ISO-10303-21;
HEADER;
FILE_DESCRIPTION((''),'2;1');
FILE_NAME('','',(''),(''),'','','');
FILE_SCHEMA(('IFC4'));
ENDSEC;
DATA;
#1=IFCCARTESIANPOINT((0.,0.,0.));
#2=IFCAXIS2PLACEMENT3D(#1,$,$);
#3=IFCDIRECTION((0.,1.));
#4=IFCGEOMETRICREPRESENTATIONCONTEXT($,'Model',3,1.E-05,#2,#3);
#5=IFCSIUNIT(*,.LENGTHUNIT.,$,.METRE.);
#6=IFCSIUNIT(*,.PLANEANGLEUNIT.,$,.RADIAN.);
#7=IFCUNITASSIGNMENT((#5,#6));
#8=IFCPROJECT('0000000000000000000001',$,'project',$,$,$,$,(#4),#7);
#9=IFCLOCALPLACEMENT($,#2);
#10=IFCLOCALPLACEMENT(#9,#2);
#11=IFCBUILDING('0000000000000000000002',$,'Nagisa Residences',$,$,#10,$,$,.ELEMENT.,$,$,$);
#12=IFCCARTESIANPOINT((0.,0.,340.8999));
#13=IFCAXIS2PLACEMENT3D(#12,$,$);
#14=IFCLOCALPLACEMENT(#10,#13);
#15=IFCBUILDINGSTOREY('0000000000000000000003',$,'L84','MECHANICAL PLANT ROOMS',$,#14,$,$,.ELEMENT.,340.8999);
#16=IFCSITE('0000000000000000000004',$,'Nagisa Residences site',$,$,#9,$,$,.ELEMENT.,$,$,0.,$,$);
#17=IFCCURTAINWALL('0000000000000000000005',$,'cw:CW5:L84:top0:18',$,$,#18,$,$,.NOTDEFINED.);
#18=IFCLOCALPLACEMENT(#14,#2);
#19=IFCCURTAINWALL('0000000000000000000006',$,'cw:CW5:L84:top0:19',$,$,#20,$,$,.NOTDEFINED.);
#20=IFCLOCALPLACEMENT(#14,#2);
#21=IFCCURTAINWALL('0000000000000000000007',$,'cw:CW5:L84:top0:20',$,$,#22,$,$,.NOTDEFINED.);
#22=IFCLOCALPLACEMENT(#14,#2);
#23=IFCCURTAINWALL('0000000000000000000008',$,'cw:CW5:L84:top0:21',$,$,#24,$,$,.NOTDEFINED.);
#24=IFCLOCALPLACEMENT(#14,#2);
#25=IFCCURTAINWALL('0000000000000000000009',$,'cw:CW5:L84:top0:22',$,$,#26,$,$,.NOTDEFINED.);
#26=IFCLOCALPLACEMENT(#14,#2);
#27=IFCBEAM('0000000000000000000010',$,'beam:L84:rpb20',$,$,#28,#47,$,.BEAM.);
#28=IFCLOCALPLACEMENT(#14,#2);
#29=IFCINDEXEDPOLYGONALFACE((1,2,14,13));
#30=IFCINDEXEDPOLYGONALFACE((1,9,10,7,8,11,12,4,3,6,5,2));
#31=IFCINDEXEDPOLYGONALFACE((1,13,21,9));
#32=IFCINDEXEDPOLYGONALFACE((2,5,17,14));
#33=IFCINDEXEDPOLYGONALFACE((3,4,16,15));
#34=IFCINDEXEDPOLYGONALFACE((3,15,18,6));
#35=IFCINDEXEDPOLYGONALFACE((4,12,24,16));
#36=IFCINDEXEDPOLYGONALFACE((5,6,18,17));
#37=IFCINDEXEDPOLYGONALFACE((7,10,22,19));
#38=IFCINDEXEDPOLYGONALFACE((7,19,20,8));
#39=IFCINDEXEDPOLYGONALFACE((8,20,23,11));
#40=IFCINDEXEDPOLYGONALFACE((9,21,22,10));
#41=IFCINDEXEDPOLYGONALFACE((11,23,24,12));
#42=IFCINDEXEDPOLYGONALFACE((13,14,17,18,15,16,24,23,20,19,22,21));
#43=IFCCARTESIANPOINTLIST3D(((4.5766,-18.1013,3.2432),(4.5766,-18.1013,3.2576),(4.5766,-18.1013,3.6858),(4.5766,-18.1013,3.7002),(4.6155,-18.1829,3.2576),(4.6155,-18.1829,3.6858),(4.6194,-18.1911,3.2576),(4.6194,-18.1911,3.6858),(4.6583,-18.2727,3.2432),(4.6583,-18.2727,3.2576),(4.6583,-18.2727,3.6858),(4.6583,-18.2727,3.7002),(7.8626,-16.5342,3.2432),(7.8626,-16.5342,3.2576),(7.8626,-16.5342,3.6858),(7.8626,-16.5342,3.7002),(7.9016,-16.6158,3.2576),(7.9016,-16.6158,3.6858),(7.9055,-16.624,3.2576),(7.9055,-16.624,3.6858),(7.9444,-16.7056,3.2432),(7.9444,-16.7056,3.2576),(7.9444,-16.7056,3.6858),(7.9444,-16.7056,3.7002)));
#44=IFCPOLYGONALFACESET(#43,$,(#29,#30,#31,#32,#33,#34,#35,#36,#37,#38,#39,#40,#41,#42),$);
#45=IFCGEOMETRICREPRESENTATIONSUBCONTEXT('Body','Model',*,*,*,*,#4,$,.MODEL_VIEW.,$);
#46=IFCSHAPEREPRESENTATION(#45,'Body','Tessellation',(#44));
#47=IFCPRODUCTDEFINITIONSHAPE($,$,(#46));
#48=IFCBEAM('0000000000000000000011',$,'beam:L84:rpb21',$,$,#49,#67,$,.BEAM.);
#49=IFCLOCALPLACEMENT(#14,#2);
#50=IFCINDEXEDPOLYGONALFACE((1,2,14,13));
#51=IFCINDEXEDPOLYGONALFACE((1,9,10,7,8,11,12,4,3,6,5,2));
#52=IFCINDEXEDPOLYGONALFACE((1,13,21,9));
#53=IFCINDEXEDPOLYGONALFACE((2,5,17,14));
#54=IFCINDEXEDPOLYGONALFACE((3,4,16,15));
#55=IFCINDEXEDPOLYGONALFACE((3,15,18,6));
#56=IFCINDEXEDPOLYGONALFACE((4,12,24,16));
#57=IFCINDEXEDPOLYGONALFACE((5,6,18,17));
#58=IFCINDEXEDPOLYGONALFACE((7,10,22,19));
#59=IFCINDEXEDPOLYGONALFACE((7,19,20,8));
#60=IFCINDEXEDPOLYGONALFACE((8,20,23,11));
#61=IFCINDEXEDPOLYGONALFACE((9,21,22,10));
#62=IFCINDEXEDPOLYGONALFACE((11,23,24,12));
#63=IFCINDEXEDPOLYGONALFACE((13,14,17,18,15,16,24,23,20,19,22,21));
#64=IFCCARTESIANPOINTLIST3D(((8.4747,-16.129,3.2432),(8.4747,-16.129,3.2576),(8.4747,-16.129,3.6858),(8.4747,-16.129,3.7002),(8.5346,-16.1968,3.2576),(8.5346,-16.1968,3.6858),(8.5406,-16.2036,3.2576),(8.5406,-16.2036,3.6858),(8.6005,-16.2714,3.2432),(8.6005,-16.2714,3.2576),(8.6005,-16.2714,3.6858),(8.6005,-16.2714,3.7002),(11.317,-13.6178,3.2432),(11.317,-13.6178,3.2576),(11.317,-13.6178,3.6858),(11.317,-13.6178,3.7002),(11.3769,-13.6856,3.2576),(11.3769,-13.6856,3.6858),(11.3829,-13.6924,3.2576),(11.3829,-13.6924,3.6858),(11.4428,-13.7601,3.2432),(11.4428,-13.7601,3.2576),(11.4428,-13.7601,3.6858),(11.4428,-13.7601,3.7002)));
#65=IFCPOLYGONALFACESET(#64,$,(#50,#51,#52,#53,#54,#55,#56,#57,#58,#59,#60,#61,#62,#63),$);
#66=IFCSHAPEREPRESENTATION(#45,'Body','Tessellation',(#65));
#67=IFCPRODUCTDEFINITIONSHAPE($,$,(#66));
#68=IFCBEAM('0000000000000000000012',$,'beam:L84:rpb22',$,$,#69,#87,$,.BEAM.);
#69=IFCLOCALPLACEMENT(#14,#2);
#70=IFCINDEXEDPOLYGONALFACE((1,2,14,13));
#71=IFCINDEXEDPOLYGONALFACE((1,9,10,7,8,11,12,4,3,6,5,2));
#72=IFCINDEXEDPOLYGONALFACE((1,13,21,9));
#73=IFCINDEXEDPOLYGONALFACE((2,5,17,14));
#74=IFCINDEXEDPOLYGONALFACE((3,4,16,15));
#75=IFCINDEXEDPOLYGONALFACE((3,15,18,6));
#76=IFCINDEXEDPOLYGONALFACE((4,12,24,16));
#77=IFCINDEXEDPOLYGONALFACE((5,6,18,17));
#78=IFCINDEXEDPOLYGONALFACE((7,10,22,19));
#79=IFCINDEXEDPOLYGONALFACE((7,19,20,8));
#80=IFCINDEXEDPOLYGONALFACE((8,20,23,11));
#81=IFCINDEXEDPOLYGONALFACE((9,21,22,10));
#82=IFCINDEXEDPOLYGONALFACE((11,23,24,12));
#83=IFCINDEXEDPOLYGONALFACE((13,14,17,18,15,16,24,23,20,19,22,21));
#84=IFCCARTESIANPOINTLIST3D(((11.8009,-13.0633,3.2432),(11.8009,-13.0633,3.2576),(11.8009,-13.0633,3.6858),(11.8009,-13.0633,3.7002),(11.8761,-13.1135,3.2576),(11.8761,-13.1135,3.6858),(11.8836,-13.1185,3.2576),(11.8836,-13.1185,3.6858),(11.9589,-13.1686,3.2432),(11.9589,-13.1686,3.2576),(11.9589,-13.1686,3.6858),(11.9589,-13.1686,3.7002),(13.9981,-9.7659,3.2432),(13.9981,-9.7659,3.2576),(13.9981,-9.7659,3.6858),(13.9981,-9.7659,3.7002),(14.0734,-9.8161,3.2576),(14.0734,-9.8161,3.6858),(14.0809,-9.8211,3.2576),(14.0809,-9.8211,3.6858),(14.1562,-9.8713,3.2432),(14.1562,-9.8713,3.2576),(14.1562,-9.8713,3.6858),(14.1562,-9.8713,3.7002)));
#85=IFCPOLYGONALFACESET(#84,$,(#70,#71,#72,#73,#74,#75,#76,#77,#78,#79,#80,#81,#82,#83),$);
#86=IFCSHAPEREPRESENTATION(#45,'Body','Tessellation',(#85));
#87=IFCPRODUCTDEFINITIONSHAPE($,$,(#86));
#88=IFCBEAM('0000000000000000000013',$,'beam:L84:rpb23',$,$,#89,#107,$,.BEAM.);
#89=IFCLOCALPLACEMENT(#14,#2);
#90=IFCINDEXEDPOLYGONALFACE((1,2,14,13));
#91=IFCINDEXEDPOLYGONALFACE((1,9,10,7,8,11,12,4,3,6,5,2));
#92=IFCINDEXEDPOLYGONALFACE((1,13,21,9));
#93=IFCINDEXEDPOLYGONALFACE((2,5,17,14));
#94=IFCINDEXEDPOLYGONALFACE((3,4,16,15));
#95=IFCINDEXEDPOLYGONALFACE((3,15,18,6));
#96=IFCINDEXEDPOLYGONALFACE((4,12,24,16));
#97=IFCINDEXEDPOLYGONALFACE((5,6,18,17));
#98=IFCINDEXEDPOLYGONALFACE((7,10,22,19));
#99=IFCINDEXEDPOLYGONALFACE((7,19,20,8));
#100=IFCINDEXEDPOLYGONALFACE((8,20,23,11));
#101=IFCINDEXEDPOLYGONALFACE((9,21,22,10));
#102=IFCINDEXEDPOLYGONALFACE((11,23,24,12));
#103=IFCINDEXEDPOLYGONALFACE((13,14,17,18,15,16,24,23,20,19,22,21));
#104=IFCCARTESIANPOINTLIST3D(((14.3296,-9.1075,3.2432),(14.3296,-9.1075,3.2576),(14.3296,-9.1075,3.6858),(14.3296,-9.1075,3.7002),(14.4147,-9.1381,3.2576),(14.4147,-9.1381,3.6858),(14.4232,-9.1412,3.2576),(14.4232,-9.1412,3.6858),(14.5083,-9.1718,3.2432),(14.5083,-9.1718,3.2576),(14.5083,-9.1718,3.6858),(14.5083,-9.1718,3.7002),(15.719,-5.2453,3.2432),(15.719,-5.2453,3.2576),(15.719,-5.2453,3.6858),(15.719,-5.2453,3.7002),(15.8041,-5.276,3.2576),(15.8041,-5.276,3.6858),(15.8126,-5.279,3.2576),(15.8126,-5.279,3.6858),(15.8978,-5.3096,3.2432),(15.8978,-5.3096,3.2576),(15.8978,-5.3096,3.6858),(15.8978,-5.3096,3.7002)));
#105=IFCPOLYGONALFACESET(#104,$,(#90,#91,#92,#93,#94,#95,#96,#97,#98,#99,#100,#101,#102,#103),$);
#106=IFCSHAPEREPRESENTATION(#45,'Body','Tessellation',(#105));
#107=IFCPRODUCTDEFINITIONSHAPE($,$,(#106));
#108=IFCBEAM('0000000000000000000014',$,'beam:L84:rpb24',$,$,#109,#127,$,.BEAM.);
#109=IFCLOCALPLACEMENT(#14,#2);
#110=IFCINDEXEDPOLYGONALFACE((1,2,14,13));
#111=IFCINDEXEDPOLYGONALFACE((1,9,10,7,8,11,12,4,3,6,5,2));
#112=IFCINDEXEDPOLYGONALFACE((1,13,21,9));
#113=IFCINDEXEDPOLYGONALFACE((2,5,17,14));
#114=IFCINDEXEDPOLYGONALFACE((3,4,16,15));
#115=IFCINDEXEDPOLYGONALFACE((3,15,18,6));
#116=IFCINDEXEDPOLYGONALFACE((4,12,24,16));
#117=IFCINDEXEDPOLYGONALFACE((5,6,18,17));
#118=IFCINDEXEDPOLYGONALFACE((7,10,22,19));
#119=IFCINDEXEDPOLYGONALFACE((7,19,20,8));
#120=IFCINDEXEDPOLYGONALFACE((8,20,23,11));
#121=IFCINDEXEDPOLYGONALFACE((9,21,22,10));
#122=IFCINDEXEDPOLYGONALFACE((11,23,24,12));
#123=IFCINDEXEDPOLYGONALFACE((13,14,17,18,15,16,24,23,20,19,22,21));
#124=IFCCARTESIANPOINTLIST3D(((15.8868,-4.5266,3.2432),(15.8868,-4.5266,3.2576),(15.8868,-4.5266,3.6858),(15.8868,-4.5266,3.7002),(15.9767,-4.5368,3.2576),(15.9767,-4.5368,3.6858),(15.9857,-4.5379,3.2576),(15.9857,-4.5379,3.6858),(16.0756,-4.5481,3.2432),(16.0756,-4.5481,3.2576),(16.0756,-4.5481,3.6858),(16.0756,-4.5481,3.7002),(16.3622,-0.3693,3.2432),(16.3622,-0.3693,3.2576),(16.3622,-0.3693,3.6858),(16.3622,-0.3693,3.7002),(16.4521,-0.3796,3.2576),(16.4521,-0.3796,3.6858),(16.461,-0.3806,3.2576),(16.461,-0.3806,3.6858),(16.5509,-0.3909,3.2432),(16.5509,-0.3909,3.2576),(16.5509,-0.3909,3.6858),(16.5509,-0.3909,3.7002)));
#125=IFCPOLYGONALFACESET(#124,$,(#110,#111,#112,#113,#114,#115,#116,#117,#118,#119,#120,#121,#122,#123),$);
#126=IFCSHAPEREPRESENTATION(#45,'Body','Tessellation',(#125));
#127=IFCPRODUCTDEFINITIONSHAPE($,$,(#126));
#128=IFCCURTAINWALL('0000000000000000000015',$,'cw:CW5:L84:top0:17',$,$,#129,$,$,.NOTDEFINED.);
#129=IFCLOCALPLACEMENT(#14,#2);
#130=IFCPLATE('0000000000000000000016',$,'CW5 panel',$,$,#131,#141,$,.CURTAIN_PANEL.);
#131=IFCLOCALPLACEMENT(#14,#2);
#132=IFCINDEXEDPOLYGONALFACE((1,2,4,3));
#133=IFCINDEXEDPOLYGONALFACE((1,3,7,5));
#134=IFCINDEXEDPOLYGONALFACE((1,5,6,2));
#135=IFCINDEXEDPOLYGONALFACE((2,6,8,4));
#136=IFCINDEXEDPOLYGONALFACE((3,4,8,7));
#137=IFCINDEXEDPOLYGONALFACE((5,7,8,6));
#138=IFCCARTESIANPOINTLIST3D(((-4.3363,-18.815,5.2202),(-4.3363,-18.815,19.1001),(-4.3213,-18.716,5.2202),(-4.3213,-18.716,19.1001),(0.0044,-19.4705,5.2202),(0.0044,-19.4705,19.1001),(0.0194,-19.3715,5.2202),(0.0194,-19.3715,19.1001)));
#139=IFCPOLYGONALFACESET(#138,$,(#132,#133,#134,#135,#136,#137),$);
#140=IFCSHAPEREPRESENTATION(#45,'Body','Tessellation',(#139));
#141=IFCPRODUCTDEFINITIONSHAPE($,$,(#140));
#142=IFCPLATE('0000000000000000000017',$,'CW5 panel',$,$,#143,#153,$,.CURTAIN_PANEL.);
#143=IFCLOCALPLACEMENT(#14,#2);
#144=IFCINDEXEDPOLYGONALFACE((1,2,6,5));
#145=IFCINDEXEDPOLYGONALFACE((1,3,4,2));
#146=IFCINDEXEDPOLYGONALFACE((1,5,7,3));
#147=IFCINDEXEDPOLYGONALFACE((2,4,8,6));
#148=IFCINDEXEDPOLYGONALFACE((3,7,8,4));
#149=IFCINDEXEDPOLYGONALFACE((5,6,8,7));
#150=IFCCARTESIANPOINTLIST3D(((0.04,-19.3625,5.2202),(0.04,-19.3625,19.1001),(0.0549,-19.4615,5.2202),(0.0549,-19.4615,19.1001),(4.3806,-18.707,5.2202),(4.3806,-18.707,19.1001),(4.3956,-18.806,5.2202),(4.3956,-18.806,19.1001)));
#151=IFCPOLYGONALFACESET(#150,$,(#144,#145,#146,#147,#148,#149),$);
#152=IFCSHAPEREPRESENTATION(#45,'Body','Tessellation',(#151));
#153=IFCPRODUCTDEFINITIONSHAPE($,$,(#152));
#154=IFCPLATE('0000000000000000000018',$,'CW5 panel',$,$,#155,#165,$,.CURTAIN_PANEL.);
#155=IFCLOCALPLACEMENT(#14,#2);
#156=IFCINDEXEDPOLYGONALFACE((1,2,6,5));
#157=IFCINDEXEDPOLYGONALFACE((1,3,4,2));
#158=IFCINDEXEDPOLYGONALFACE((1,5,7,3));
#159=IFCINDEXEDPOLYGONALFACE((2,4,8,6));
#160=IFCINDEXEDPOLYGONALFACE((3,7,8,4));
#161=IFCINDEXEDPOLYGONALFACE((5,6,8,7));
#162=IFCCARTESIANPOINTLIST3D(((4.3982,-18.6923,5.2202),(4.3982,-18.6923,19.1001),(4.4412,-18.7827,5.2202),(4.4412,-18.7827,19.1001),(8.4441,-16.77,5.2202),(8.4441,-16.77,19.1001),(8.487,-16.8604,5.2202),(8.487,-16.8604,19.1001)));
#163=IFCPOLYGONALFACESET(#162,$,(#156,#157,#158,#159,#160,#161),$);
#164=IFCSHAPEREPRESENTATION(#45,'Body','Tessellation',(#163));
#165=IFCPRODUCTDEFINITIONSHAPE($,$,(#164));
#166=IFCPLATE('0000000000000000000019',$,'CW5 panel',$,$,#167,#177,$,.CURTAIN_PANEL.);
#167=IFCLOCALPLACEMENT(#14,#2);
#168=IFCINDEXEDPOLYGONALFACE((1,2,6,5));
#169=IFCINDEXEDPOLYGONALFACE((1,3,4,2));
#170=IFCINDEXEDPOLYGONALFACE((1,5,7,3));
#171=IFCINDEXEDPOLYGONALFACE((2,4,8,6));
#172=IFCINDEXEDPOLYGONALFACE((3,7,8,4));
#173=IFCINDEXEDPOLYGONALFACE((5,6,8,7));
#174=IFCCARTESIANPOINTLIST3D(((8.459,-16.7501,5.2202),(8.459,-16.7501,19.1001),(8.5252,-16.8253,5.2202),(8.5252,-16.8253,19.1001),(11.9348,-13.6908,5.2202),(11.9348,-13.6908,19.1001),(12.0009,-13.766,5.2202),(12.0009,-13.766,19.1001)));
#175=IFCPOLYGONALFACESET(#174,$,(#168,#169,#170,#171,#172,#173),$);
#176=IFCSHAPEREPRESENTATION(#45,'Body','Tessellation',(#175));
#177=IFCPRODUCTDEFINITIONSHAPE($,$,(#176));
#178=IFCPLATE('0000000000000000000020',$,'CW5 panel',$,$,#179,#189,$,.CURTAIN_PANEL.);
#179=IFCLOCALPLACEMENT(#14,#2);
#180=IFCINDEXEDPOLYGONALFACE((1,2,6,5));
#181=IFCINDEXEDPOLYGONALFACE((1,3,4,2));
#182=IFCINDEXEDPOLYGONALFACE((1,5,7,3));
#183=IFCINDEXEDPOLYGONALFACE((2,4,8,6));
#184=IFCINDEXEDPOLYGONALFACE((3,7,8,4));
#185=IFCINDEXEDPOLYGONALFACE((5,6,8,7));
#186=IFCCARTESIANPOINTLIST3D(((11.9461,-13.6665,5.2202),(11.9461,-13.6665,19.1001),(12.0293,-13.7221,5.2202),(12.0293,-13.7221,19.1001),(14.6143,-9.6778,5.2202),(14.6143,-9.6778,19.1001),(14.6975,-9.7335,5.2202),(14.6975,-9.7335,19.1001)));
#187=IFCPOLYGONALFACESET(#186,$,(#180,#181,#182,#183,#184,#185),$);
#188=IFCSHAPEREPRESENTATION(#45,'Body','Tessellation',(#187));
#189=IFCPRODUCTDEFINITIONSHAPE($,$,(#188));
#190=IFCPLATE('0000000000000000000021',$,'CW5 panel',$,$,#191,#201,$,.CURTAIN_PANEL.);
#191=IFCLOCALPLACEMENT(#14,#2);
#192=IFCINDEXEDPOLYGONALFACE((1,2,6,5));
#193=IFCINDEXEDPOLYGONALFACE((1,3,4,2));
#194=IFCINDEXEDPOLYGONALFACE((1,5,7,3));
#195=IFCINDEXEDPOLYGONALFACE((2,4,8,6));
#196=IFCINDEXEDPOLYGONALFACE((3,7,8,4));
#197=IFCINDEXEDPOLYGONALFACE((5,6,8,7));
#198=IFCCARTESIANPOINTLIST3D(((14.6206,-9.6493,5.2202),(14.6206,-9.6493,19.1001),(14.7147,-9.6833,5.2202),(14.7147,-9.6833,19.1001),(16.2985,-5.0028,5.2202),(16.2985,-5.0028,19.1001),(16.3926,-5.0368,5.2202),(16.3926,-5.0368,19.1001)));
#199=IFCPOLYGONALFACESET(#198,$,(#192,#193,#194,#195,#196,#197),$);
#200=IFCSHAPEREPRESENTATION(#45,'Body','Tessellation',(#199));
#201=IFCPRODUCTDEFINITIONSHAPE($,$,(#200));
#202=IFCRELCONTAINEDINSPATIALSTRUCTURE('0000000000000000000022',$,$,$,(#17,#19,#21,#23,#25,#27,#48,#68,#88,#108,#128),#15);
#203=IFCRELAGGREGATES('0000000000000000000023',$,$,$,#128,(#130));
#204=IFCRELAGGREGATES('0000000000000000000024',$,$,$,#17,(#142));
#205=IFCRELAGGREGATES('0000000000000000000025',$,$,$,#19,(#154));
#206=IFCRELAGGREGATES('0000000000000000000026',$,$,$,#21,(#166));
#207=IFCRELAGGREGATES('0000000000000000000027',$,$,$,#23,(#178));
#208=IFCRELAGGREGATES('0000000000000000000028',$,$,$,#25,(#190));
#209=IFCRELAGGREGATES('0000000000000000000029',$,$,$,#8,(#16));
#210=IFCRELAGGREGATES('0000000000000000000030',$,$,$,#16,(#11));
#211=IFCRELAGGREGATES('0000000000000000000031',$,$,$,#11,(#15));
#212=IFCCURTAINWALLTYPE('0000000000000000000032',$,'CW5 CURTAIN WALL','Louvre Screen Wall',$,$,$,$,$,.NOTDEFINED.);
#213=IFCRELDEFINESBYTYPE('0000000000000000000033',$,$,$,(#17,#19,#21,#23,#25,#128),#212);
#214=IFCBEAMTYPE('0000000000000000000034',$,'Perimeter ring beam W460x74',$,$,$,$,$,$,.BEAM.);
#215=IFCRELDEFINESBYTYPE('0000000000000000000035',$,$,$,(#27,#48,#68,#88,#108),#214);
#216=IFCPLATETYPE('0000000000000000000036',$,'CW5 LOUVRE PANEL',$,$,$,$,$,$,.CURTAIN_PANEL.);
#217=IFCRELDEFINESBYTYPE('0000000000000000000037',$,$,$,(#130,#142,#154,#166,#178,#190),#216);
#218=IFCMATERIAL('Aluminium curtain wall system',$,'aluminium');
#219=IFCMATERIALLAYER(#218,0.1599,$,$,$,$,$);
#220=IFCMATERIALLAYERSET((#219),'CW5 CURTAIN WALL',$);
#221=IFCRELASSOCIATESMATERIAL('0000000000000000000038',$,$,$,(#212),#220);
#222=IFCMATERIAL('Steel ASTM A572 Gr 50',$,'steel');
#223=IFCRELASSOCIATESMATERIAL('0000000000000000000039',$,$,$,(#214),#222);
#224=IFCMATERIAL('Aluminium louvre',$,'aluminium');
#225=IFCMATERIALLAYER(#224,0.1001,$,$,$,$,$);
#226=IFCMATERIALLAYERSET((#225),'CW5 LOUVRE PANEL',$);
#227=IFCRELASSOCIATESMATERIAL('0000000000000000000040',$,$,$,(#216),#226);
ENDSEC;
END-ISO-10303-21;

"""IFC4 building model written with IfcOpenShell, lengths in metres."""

from ifc_helpers import new_model, si_unit, direction, frame, origin, origin_2d, place, context, subcontext, project, spatial, rectangle, i_section, extrude, material, layer, layer_set, material_profile, profile_set, type_object, element, aggregate, save


model = new_model("IFC4")

# Units and contexts
model_context = context("Model", 3, precision=1e-05, world=origin(), true_north=direction((0.0, 1.0)))
body_context = subcontext(model_context, "Body", "Model", "MODEL_VIEW")
ifc_project = project(units=[si_unit("LENGTHUNIT", "METRE"), si_unit("PLANEANGLEUNIT", "RADIAN")], contexts=[model_context])

# Site, building, storey
site_placement = place(None, origin())
site = spatial("IfcSite", under=ifc_project, at=site_placement, Name="Nagisa Residences site", CompositionType="ELEMENT", RefElevation=0.0)
building_placement = place(site_placement, origin())
building = spatial("IfcBuilding", under=site, at=building_placement, Name="Nagisa Residences", CompositionType="ELEMENT")
storey_placement = place(building_placement, frame((0.0, 0.0, 340.8999)))
storey = spatial("IfcBuildingStorey", under=building, at=storey_placement, Name="L84", Description="MECHANICAL PLANT ROOMS", CompositionType="ELEMENT", Elevation=340.8999)

# Curtain walls
ifc_material_1 = material(Name="Aluminium curtain wall system", Category="aluminium")
ifc_layer_1 = layer(ifc_material_1, 0.1599)
ifc_layer_set_1 = layer_set([ifc_layer_1], Name="CW5 CURTAIN WALL")
curtain_wall_type = type_object("IfcCurtainWallType", Name="CW5 CURTAIN WALL", Description="Louvre Screen Wall", PredefinedType="NOTDEFINED", material=ifc_layer_set_1)
curtain_wall_1_placement = place(storey_placement, origin())
curtain_wall_1 = element("IfcCurtainWall", 1, at=curtain_wall_1_placement, inside=storey, type_object=curtain_wall_type, Name="cw:CW5:L84:top0:18", PredefinedType="NOTDEFINED")
curtain_wall_2_placement = place(storey_placement, origin())
curtain_wall_2 = element("IfcCurtainWall", 2, at=curtain_wall_2_placement, inside=storey, type_object=curtain_wall_type, Name="cw:CW5:L84:top0:19", PredefinedType="NOTDEFINED")
curtain_wall_3_placement = place(storey_placement, origin())
curtain_wall_3 = element("IfcCurtainWall", 3, at=curtain_wall_3_placement, inside=storey, type_object=curtain_wall_type, Name="cw:CW5:L84:top0:20", PredefinedType="NOTDEFINED")
curtain_wall_4_placement = place(storey_placement, origin())
curtain_wall_4 = element("IfcCurtainWall", 4, at=curtain_wall_4_placement, inside=storey, type_object=curtain_wall_type, Name="cw:CW5:L84:top0:21", PredefinedType="NOTDEFINED")
curtain_wall_5_placement = place(storey_placement, origin())
curtain_wall_5 = element("IfcCurtainWall", 5, at=curtain_wall_5_placement, inside=storey, type_object=curtain_wall_type, Name="cw:CW5:L84:top0:22", PredefinedType="NOTDEFINED")

# Beams
ifc_material_2 = material(Name="Steel ASTM A572 Gr 50", Category="steel")
ifc_material_profile_1 = material_profile(ifc_material_2, i_section(OverallWidth=0.1899, OverallDepth=0.457, WebThickness=0.009, FlangeThickness=0.0144, at=origin_2d()), Name="W460x74")
ifc_profile_set_1 = profile_set([ifc_material_profile_1], Name="Steel ASTM A572 Gr 50")
beam_type = type_object("IfcBeamType", Name="Perimeter ring beam W460x74", PredefinedType="BEAM", material=ifc_profile_set_1)
beam_1_placement = place(storey_placement, frame((4.6174, -18.187, 3.4717), z_axis=(0.902614, 0.430452, 0.0), x_axis=(-0.430452, 0.902614, 0.0)))
element("IfcBeam", 6, at=beam_1_placement, inside=storey, type_object=beam_type, Name="beam:L84:rpb20", PredefinedType="BEAM", context=body_context, shape_type="SweptSolid", body=[
    extrude(i_section(OverallWidth=0.1899, OverallDepth=0.457, WebThickness=0.009, FlangeThickness=0.0144, at=origin_2d()), origin(), (0.0, 0.0, 1.0), 3.6406),
])
beam_2_placement = place(storey_placement, frame((8.5376, -16.2002, 3.4717), z_axis=(0.749402, 0.662115, 0.0), x_axis=(-0.662115, 0.749402, 0.0)))
element("IfcBeam", 7, at=beam_2_placement, inside=storey, type_object=beam_type, Name="beam:L84:rpb21", PredefinedType="BEAM", context=body_context, shape_type="SweptSolid", body=[
    extrude(i_section(OverallWidth=0.1899, OverallDepth=0.457, WebThickness=0.009, FlangeThickness=0.0144, at=origin_2d()), origin(), (0.0, 0.0, 1.0), 3.7927),
])
beam_3_placement = place(storey_placement, frame((11.8799, -13.116, 3.4717), z_axis=(0.55453, 0.832164, 0.0), x_axis=(-0.832164, 0.55453, 0.0)))
element("IfcBeam", 8, at=beam_3_placement, inside=storey, type_object=beam_type, Name="beam:L84:rpb22", PredefinedType="BEAM", context=body_context, shape_type="SweptSolid", body=[
    extrude(i_section(OverallWidth=0.1899, OverallDepth=0.457, WebThickness=0.009, FlangeThickness=0.0144, at=origin_2d()), origin(), (0.0, 0.0, 1.0), 3.9624),
])
beam_4_placement = place(storey_placement, frame((14.4189, -9.1396, 3.4717), z_axis=(0.338517, 0.94096, 0.0), x_axis=(-0.94096, 0.338517, 0.0)))
element("IfcBeam", 9, at=beam_4_placement, inside=storey, type_object=beam_type, Name="beam:L84:rpb23", PredefinedType="BEAM", context=body_context, shape_type="SweptSolid", body=[
    extrude(i_section(OverallWidth=0.1899, OverallDepth=0.457, WebThickness=0.009, FlangeThickness=0.0144, at=origin_2d()), origin(), (0.0, 0.0, 1.0), 4.1045),
])
beam_5_placement = place(storey_placement, frame((15.9812, -4.5374, 3.4717), z_axis=(0.113601, 0.993526, 0.0), x_axis=(-0.993526, 0.113601, 0.0)))
element("IfcBeam", 10, at=beam_5_placement, inside=storey, type_object=beam_type, Name="beam:L84:rpb24", PredefinedType="BEAM", context=body_context, shape_type="SweptSolid", body=[
    extrude(i_section(OverallWidth=0.1899, OverallDepth=0.457, WebThickness=0.009, FlangeThickness=0.0144, at=origin_2d()), origin(), (0.0, 0.0, 1.0), 4.1843),
])

# Curtain wall, plate
curtain_wall_6_placement = place(storey_placement, origin())
curtain_wall_6 = element("IfcCurtainWall", 11, at=curtain_wall_6_placement, inside=storey, type_object=curtain_wall_type, Name="cw:CW5:L84:top0:17", PredefinedType="NOTDEFINED")
ifc_material_3 = material(Name="Aluminium louvre", Category="aluminium")
ifc_layer_2 = layer(ifc_material_3, 0.1001)
ifc_layer_set_2 = layer_set([ifc_layer_2], Name="CW5 LOUVRE PANEL")
plate_type = type_object("IfcPlateType", Name="CW5 LOUVRE PANEL", PredefinedType="CURTAIN_PANEL", material=ifc_layer_set_2)
plate_1_placement = place(storey_placement, frame((-2.1584, -19.0933, 5.2202), z_axis=(0.0, 0.0, 1.0), x_axis=(0.988789, -0.14932, 0.0)))
plate_1 = element("IfcPlate", 12, at=plate_1_placement, type_object=plate_type, Name="CW5 panel", PredefinedType="CURTAIN_PANEL", context=body_context, shape_type="SweptSolid", body=[
    extrude(rectangle(XDim=4.3899, YDim=0.1001, at=origin_2d()), origin(), (0.0, 0.0, 1.0), 13.8799),
])
aggregate(curtain_wall_6, [plate_1])

# Plates
plate_2_placement = place(storey_placement, frame((2.2178, -19.0842, 5.2202), z_axis=(0.0, 0.0, 1.0), x_axis=(0.988789, 0.14932, 0.0)))
plate_2 = element("IfcPlate", 13, at=plate_2_placement, type_object=plate_type, Name="CW5 panel", PredefinedType="CURTAIN_PANEL", context=body_context, shape_type="SweptSolid", body=[
    extrude(rectangle(XDim=4.3899, YDim=0.1001, at=origin_2d()), origin(), (0.0, 0.0, 1.0), 13.8799),
])
aggregate(curtain_wall_1, [plate_2])
plate_3_placement = place(storey_placement, frame((6.4426, -17.7764, 5.2202), z_axis=(0.0, 0.0, 1.0), x_axis=(0.903233, 0.429151, 0.0)))
plate_3 = element("IfcPlate", 14, at=plate_3_placement, type_object=plate_type, Name="CW5 panel", PredefinedType="CURTAIN_PANEL", context=body_context, shape_type="SweptSolid", body=[
    extrude(rectangle(XDim=4.4792, YDim=0.1001, at=origin_2d()), origin(), (0.0, 0.0, 1.0), 13.8799),
])
aggregate(curtain_wall_2, [plate_3])
plate_4_placement = place(storey_placement, frame((10.23, -15.2581, 5.2202), z_axis=(0.0, 0.0, 1.0), x_axis=(0.750651, 0.660699, 0.0)))
plate_4 = element("IfcPlate", 15, at=plate_4_placement, type_object=plate_type, Name="CW5 panel", PredefinedType="CURTAIN_PANEL", context=body_context, shape_type="SweptSolid", body=[
    extrude(rectangle(XDim=4.6304, YDim=0.1001, at=origin_2d()), origin(), (0.0, 0.0, 1.0), 13.8799),
])
aggregate(curtain_wall_3, [plate_4])
plate_5_placement = place(storey_placement, frame((13.3218, -11.7, 5.2202), z_axis=(0.0, 0.0, 1.0), x_axis=(0.556014, 0.831173, 0.0)))
plate_5 = element("IfcPlate", 16, at=plate_5_placement, type_object=plate_type, Name="CW5 panel", PredefinedType="CURTAIN_PANEL", context=body_context, shape_type="SweptSolid", body=[
    extrude(rectangle(XDim=4.7988, YDim=0.1001, at=origin_2d()), origin(), (0.0, 0.0, 1.0), 13.8799),
])
aggregate(curtain_wall_4, [plate_5])
plate_6_placement = place(storey_placement, frame((15.5066, -7.343, 5.2202), z_axis=(0.0, 0.0, 1.0), x_axis=(0.339643, 0.940554, 0.0)))
plate_6 = element("IfcPlate", 17, at=plate_6_placement, type_object=plate_type, Name="CW5 panel", PredefinedType="CURTAIN_PANEL", context=body_context, shape_type="SweptSolid", body=[
    extrude(rectangle(XDim=4.9402, YDim=0.1001, at=origin_2d()), origin(), (0.0, 0.0, 1.0), 13.8799),
])
aggregate(curtain_wall_5, [plate_6])

save(model, "model.ifc")
